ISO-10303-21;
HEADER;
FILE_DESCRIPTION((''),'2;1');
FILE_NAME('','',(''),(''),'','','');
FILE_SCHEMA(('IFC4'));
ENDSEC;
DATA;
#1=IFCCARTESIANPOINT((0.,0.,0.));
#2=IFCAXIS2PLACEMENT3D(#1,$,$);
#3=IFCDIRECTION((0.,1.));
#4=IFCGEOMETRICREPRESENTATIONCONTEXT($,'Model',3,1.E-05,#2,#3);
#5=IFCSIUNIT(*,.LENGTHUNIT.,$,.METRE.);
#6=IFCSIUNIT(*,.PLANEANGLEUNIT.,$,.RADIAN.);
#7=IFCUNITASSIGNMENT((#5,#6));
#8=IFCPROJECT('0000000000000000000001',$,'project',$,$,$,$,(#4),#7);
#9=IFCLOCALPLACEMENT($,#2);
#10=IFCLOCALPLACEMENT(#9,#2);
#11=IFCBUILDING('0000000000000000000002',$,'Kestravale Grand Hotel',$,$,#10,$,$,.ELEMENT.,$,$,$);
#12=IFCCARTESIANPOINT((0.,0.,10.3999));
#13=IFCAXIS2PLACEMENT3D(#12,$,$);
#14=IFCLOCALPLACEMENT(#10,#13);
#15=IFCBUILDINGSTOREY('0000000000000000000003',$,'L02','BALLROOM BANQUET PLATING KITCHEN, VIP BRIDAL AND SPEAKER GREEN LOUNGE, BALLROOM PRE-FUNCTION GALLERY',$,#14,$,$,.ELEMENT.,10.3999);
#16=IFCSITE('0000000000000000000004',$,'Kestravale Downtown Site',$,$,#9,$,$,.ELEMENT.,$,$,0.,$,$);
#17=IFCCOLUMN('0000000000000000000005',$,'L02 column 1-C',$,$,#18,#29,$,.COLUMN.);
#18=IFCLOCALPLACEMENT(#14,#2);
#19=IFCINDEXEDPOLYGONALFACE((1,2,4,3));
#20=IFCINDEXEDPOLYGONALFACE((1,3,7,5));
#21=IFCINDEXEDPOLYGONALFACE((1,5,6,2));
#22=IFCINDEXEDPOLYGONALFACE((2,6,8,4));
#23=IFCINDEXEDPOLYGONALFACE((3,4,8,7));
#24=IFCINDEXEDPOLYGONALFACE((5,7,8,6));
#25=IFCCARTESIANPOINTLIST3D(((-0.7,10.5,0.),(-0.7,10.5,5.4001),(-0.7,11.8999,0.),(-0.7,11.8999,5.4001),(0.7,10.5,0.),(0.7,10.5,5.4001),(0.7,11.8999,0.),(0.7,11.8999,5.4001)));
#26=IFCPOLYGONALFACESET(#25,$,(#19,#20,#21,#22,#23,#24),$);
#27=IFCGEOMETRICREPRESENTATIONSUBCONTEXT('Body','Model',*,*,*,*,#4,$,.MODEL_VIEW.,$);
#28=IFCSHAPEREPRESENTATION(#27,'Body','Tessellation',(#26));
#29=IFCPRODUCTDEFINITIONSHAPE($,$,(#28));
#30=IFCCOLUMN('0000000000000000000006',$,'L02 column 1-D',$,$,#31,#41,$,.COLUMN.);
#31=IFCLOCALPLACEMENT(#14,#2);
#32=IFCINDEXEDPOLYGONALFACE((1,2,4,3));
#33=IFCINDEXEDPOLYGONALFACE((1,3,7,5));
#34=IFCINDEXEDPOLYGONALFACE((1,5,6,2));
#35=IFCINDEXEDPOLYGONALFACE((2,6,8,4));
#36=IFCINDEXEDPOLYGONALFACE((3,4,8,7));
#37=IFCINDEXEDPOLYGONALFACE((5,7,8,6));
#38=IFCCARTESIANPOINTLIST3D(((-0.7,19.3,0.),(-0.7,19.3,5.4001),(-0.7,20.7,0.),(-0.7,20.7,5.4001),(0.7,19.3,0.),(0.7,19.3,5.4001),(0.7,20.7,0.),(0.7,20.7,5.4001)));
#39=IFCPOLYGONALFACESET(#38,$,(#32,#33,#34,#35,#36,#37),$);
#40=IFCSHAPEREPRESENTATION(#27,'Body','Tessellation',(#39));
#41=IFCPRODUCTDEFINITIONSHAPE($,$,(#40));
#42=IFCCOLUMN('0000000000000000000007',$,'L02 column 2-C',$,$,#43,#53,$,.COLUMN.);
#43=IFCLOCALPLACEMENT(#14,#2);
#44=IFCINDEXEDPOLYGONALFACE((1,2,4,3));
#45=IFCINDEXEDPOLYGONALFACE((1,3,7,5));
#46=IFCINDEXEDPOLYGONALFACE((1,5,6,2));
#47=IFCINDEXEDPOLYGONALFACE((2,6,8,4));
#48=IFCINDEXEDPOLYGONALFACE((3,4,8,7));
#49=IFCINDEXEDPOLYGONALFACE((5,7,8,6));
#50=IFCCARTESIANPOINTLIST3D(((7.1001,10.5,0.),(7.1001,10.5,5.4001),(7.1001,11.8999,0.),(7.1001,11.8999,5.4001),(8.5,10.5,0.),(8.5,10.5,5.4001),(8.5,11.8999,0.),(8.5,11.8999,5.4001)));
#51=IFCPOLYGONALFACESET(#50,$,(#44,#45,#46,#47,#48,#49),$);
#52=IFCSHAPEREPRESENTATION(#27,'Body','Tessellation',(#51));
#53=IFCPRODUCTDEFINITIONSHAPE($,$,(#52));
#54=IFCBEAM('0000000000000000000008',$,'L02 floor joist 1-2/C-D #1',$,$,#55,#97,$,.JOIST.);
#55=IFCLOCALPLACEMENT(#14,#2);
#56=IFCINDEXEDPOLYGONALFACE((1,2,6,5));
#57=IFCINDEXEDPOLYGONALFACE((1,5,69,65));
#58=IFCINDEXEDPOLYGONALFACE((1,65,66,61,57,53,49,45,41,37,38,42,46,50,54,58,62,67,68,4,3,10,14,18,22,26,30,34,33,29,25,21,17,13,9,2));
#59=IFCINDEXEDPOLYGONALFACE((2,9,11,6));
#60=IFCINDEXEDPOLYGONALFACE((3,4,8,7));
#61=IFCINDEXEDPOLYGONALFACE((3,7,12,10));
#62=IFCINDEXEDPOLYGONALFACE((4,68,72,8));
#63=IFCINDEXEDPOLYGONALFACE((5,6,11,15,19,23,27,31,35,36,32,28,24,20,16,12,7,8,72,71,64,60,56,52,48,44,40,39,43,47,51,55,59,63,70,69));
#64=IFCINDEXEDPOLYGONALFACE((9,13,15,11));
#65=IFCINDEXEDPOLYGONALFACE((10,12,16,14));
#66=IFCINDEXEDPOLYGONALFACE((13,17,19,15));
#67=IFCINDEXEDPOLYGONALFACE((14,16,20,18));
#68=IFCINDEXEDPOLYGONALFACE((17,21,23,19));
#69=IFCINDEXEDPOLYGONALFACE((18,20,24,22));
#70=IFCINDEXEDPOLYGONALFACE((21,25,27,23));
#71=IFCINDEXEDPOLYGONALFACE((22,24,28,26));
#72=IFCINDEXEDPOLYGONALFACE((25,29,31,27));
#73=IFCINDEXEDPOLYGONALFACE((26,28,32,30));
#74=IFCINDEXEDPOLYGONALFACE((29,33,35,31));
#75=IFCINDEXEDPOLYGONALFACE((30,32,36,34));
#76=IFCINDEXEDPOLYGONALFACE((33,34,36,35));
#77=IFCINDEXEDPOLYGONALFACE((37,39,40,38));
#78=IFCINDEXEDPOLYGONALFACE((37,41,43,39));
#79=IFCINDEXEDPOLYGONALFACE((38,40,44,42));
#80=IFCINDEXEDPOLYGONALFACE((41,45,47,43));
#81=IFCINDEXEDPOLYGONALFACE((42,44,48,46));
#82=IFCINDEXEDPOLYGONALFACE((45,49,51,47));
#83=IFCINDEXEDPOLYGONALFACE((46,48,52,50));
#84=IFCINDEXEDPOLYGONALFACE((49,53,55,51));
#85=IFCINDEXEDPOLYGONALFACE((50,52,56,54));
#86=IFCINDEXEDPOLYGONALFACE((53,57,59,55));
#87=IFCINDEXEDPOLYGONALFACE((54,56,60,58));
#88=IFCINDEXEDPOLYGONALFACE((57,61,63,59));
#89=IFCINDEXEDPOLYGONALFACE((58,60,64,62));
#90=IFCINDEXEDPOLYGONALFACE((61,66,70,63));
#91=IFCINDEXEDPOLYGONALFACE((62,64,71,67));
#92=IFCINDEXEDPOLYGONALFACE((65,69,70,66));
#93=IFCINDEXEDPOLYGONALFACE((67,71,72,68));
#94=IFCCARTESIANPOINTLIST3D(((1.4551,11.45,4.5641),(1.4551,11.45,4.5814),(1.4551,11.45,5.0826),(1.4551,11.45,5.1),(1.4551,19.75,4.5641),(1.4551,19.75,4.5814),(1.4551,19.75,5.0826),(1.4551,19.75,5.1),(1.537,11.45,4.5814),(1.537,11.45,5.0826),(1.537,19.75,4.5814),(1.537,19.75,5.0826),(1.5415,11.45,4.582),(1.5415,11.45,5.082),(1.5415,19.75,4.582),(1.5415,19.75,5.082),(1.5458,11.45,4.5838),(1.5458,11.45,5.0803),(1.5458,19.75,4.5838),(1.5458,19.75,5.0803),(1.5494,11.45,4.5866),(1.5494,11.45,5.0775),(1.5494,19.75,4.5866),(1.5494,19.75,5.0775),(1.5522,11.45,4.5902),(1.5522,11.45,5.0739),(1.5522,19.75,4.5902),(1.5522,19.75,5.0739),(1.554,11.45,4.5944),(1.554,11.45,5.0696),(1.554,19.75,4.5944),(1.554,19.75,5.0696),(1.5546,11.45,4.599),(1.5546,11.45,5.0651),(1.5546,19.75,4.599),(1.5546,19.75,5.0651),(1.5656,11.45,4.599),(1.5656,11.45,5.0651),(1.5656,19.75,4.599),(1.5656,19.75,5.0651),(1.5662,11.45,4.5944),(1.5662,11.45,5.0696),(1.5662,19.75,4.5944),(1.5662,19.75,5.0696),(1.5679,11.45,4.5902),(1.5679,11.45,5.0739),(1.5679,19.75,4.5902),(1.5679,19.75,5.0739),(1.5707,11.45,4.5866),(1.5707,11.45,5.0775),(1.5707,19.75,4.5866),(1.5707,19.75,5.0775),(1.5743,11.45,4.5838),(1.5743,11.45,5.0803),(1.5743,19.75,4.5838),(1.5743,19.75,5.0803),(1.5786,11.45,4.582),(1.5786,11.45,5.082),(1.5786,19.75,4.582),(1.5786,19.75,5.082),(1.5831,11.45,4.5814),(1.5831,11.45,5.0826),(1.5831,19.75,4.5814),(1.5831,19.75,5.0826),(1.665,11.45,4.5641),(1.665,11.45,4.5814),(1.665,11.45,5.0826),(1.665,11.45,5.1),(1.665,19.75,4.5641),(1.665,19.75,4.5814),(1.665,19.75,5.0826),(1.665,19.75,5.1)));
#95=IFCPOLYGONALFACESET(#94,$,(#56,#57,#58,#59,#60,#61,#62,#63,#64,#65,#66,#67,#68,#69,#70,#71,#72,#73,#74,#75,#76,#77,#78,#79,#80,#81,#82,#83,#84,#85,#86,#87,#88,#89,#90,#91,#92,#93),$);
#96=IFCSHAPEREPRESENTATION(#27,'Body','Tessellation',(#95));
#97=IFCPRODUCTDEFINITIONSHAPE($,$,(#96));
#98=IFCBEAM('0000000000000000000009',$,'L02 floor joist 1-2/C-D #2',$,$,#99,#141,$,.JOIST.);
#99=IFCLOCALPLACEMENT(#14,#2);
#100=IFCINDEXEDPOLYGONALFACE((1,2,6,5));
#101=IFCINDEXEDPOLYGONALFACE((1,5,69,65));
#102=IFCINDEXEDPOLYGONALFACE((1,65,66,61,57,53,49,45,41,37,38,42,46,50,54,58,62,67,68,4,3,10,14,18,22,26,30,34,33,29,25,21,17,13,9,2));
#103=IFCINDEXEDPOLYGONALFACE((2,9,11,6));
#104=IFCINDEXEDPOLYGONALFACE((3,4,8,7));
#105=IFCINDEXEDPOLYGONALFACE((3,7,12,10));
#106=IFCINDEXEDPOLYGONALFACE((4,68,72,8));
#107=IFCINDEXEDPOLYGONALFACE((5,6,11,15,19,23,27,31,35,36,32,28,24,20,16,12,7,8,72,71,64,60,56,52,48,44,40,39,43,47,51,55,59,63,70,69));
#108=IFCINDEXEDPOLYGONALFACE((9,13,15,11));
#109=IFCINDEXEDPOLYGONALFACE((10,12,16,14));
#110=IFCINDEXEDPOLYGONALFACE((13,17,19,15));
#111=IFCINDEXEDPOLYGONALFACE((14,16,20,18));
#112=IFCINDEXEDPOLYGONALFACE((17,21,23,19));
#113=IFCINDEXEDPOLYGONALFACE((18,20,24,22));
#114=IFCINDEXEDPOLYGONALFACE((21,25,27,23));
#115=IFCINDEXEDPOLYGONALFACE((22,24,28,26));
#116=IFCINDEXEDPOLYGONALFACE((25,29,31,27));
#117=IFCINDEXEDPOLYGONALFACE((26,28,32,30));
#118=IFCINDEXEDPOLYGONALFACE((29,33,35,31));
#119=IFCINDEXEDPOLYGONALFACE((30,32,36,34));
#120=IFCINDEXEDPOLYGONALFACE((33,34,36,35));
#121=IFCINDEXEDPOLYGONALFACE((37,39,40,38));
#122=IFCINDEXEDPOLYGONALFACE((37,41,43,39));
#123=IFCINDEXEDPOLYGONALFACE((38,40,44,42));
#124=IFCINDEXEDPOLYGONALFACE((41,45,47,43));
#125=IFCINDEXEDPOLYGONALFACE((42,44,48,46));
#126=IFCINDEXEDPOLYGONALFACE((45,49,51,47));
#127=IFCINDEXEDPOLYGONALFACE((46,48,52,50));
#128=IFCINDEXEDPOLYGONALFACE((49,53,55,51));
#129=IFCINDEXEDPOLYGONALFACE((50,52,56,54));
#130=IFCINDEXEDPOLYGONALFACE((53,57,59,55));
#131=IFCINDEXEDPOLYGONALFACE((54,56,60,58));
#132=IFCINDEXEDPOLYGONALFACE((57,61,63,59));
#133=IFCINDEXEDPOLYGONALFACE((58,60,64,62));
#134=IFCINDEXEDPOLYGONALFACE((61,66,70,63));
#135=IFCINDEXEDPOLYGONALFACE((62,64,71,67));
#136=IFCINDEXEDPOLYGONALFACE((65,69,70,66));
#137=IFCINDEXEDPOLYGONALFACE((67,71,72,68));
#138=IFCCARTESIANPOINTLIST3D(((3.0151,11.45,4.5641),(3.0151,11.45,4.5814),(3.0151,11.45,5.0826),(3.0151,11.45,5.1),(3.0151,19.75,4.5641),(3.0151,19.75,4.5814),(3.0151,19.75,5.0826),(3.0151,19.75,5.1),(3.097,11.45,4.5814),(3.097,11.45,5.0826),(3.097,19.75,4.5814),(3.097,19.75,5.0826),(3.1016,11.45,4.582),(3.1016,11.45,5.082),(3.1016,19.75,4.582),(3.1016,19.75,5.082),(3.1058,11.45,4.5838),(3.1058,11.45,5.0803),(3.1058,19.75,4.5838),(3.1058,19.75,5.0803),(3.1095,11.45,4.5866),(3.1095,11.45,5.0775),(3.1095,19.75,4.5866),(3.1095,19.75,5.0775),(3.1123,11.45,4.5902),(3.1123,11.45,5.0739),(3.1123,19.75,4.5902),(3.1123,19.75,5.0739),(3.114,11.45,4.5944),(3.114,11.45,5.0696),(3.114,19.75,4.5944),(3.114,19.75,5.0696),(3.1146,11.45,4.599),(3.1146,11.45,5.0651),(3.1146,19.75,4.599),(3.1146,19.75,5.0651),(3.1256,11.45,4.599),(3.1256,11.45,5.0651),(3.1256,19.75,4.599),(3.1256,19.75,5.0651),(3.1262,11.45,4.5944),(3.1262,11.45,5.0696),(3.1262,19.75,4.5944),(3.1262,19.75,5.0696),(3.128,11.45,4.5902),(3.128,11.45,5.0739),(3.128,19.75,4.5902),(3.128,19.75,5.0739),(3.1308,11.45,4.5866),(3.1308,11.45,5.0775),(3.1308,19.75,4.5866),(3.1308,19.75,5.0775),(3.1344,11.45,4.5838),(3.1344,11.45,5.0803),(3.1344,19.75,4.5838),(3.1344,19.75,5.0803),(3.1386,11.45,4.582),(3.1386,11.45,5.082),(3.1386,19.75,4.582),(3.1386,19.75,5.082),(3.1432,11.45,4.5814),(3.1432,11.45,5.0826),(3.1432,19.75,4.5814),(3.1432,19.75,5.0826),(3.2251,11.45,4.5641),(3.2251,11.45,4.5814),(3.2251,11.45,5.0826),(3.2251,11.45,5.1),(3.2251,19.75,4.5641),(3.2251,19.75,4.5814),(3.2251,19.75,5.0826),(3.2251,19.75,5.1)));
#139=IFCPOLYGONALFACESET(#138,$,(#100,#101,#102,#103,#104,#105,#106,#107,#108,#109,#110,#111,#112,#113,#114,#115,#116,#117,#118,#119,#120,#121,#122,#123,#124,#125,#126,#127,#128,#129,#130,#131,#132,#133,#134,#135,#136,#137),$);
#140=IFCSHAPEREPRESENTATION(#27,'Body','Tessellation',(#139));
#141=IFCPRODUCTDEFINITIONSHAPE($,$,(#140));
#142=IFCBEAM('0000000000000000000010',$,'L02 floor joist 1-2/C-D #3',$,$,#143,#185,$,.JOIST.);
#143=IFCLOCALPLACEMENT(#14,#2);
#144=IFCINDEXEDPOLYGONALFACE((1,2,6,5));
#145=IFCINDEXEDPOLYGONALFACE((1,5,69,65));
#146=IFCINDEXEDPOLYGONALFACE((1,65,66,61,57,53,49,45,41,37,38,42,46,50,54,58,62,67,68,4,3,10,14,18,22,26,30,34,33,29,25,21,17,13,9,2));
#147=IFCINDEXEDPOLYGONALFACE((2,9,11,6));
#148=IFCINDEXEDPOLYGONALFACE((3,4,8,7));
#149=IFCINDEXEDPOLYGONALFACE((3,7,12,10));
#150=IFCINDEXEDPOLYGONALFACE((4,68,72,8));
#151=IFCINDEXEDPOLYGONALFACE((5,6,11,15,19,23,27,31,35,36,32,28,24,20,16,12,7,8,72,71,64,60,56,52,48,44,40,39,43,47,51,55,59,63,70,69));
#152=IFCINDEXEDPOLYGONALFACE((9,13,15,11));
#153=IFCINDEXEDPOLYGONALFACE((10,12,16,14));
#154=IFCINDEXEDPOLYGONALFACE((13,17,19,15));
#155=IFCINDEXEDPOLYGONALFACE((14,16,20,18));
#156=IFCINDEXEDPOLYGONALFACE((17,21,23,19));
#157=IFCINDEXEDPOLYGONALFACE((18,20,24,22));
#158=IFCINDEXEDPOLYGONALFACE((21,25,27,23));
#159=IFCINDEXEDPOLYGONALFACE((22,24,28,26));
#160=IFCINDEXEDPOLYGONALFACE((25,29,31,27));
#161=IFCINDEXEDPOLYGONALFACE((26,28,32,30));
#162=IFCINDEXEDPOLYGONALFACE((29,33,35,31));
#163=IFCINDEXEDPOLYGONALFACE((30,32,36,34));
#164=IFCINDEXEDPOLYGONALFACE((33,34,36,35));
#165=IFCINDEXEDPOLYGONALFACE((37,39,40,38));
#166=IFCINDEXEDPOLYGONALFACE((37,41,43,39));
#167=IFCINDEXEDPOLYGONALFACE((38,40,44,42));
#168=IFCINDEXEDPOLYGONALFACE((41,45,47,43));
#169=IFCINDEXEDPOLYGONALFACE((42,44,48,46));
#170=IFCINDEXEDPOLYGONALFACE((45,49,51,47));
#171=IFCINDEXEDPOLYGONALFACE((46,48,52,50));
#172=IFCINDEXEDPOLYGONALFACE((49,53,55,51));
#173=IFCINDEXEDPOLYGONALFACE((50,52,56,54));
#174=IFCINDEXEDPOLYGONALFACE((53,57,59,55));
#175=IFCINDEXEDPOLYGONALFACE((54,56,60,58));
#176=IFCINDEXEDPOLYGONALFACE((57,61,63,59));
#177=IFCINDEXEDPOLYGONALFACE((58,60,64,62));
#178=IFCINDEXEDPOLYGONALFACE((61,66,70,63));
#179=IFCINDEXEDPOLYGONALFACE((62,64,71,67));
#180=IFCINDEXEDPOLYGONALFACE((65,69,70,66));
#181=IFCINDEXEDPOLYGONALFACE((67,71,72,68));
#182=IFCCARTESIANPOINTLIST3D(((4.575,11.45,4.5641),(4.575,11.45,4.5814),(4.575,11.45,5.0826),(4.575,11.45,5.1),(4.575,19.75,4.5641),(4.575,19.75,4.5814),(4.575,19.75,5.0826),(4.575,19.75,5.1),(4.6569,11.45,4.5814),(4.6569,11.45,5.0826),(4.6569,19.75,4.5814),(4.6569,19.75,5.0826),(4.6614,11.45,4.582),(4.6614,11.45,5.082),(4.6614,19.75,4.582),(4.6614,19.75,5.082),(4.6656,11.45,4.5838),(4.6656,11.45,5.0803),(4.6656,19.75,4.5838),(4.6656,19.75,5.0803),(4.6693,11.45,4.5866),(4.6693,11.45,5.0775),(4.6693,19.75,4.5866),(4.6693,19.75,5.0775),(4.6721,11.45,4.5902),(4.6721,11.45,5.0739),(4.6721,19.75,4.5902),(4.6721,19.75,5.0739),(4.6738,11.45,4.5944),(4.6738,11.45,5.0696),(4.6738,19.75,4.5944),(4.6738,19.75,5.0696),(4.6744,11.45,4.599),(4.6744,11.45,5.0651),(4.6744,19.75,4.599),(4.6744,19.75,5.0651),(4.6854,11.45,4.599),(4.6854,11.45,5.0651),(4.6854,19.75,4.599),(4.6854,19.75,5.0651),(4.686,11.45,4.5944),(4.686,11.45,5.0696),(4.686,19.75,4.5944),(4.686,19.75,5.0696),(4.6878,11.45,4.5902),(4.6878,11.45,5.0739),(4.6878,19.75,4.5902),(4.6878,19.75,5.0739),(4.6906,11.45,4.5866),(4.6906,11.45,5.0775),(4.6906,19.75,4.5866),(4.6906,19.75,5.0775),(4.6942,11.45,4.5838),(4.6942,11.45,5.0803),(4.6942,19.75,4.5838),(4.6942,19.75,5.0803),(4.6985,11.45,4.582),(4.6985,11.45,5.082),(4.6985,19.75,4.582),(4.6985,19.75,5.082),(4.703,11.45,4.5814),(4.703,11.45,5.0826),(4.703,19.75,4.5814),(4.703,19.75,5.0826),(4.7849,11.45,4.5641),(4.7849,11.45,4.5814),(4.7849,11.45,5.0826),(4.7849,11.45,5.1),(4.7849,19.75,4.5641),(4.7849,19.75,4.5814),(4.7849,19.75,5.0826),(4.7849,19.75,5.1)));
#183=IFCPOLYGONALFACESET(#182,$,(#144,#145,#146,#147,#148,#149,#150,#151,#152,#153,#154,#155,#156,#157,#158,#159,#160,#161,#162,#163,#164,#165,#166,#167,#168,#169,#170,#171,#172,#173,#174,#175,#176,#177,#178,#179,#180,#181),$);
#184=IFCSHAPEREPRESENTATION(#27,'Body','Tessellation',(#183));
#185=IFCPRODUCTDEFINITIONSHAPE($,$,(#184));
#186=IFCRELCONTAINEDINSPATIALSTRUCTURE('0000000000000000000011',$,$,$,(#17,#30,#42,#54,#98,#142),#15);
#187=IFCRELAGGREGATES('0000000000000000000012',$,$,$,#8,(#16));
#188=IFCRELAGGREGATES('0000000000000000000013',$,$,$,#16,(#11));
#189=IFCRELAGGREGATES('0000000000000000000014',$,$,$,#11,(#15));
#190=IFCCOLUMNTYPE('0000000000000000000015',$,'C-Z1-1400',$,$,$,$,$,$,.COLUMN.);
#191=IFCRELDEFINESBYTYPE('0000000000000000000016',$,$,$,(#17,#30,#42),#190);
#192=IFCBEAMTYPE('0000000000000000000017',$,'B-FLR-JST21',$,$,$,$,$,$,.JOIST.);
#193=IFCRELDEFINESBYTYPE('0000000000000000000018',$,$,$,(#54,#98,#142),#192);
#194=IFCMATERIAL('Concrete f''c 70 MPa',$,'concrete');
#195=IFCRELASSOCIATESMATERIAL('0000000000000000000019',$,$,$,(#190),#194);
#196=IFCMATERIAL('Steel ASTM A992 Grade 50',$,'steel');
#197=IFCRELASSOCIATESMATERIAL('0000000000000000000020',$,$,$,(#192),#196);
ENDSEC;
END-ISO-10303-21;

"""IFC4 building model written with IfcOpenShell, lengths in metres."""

from ifc_helpers import new_model, si_unit, direction, frame, origin, origin_2d, place, context, subcontext, project, spatial, rectangle, i_section, extrude, material, material_profile, profile_set, type_object, element, save


model = new_model("IFC4")

# Units and contexts
model_context = context("Model", 3, precision=1e-05, world=origin(), true_north=direction((0.0, 1.0)))
body_context = subcontext(model_context, "Body", "Model", "MODEL_VIEW")
ifc_project = project(units=[si_unit("LENGTHUNIT", "METRE"), si_unit("PLANEANGLEUNIT", "RADIAN")], contexts=[model_context])

# Site, building, storey
site_placement = place(None, origin())
site = spatial("IfcSite", under=ifc_project, at=site_placement, Name="Kestravale Downtown Site", CompositionType="ELEMENT", RefElevation=0.0)
building_placement = place(site_placement, origin())
building = spatial("IfcBuilding", under=site, at=building_placement, Name="Kestravale Grand Hotel", CompositionType="ELEMENT")
storey_placement = place(building_placement, frame((0.0, 0.0, 10.3999)))
storey = spatial("IfcBuildingStorey", under=building, at=storey_placement, Name="L02", Description="BALLROOM BANQUET PLATING KITCHEN, VIP BRIDAL AND SPEAKER GREEN LOUNGE, BALLROOM PRE-FUNCTION GALLERY", CompositionType="ELEMENT", Elevation=10.3999)

# Columns
ifc_material_1 = material(Name="Concrete f'c 70 MPa", Category="concrete")
ifc_material_profile_1 = material_profile(ifc_material_1, rectangle(XDim=1.3999, YDim=1.3999, at=origin_2d()))
ifc_profile_set_1 = profile_set([ifc_material_profile_1], Name="Concrete f'c 70 MPa")
column_type = type_object("IfcColumnType", Name="C-Z1-1400", PredefinedType="COLUMN", material=ifc_profile_set_1)
for number, where, z_axis, x_axis, name in (
    (1, (0.0, 11.2, 0.0), (0.0, 0.0, 1.0), (1.0, 0.0, 0.0), "L02 column 1-C"),
    (2, (0.0, 20.0, 0.0), (0.0, 0.0, 1.0), (1.0, 0.0, 0.0), "L02 column 1-D"),
    (3, (7.8, 11.2, 0.0), (0.0, 0.0, 1.0), (1.0, 0.0, 0.0), "L02 column 2-C"),
):
    element("IfcColumn", number, at=place(storey_placement, frame(where, z_axis=z_axis, x_axis=x_axis)), inside=storey, type_object=column_type, Name=name, PredefinedType="COLUMN", context=body_context, shape_type="SweptSolid", body=[
        extrude(rectangle(XDim=1.3999, YDim=1.3999, at=origin_2d()), origin(), (0.0, 0.0, 1.0), 5.4001),
    ])

# Beams
ifc_material_2 = material(Name="Steel ASTM A992 Grade 50", Category="steel")
ifc_material_profile_2 = material_profile(ifc_material_2, i_section(OverallWidth=0.21, OverallDepth=0.5359, WebThickness=0.011, FlangeThickness=0.0173, FilletRadius=0.0176, at=origin_2d()))
ifc_profile_set_2 = profile_set([ifc_material_profile_2], Name="Steel ASTM A992 Grade 50")
beam_type_1 = type_object("IfcBeamType", Name="B-FLR-JST21", PredefinedType="JOIST", material=ifc_profile_set_2)
for number, where, z_axis, x_axis, name in (
    (4, (1.5601, 11.45, 4.832), (0.0, 1.0, 0.0), (-1.0, 0.0, 0.0), "L02 floor joist 1-2/C-D #1"),
    (5, (3.1201, 11.45, 4.832), (0.0, 1.0, 0.0), (-1.0, 0.0, 0.0), "L02 floor joist 1-2/C-D #2"),
    (6, (4.6799, 11.45, 4.832), (0.0, 1.0, 0.0), (-1.0, 0.0, 0.0), "L02 floor joist 1-2/C-D #3"),
):
    element("IfcBeam", number, at=place(storey_placement, frame(where, z_axis=z_axis, x_axis=x_axis)), inside=storey, type_object=beam_type_1, Name=name, PredefinedType="JOIST", context=body_context, shape_type="SweptSolid", body=[
        extrude(i_section(OverallWidth=0.21, OverallDepth=0.5359, WebThickness=0.011, FlangeThickness=0.0173, FilletRadius=0.0176, at=origin_2d()), origin(), (0.0, 0.0, 1.0), 8.3),
    ])

save(model, "model.ifc")
